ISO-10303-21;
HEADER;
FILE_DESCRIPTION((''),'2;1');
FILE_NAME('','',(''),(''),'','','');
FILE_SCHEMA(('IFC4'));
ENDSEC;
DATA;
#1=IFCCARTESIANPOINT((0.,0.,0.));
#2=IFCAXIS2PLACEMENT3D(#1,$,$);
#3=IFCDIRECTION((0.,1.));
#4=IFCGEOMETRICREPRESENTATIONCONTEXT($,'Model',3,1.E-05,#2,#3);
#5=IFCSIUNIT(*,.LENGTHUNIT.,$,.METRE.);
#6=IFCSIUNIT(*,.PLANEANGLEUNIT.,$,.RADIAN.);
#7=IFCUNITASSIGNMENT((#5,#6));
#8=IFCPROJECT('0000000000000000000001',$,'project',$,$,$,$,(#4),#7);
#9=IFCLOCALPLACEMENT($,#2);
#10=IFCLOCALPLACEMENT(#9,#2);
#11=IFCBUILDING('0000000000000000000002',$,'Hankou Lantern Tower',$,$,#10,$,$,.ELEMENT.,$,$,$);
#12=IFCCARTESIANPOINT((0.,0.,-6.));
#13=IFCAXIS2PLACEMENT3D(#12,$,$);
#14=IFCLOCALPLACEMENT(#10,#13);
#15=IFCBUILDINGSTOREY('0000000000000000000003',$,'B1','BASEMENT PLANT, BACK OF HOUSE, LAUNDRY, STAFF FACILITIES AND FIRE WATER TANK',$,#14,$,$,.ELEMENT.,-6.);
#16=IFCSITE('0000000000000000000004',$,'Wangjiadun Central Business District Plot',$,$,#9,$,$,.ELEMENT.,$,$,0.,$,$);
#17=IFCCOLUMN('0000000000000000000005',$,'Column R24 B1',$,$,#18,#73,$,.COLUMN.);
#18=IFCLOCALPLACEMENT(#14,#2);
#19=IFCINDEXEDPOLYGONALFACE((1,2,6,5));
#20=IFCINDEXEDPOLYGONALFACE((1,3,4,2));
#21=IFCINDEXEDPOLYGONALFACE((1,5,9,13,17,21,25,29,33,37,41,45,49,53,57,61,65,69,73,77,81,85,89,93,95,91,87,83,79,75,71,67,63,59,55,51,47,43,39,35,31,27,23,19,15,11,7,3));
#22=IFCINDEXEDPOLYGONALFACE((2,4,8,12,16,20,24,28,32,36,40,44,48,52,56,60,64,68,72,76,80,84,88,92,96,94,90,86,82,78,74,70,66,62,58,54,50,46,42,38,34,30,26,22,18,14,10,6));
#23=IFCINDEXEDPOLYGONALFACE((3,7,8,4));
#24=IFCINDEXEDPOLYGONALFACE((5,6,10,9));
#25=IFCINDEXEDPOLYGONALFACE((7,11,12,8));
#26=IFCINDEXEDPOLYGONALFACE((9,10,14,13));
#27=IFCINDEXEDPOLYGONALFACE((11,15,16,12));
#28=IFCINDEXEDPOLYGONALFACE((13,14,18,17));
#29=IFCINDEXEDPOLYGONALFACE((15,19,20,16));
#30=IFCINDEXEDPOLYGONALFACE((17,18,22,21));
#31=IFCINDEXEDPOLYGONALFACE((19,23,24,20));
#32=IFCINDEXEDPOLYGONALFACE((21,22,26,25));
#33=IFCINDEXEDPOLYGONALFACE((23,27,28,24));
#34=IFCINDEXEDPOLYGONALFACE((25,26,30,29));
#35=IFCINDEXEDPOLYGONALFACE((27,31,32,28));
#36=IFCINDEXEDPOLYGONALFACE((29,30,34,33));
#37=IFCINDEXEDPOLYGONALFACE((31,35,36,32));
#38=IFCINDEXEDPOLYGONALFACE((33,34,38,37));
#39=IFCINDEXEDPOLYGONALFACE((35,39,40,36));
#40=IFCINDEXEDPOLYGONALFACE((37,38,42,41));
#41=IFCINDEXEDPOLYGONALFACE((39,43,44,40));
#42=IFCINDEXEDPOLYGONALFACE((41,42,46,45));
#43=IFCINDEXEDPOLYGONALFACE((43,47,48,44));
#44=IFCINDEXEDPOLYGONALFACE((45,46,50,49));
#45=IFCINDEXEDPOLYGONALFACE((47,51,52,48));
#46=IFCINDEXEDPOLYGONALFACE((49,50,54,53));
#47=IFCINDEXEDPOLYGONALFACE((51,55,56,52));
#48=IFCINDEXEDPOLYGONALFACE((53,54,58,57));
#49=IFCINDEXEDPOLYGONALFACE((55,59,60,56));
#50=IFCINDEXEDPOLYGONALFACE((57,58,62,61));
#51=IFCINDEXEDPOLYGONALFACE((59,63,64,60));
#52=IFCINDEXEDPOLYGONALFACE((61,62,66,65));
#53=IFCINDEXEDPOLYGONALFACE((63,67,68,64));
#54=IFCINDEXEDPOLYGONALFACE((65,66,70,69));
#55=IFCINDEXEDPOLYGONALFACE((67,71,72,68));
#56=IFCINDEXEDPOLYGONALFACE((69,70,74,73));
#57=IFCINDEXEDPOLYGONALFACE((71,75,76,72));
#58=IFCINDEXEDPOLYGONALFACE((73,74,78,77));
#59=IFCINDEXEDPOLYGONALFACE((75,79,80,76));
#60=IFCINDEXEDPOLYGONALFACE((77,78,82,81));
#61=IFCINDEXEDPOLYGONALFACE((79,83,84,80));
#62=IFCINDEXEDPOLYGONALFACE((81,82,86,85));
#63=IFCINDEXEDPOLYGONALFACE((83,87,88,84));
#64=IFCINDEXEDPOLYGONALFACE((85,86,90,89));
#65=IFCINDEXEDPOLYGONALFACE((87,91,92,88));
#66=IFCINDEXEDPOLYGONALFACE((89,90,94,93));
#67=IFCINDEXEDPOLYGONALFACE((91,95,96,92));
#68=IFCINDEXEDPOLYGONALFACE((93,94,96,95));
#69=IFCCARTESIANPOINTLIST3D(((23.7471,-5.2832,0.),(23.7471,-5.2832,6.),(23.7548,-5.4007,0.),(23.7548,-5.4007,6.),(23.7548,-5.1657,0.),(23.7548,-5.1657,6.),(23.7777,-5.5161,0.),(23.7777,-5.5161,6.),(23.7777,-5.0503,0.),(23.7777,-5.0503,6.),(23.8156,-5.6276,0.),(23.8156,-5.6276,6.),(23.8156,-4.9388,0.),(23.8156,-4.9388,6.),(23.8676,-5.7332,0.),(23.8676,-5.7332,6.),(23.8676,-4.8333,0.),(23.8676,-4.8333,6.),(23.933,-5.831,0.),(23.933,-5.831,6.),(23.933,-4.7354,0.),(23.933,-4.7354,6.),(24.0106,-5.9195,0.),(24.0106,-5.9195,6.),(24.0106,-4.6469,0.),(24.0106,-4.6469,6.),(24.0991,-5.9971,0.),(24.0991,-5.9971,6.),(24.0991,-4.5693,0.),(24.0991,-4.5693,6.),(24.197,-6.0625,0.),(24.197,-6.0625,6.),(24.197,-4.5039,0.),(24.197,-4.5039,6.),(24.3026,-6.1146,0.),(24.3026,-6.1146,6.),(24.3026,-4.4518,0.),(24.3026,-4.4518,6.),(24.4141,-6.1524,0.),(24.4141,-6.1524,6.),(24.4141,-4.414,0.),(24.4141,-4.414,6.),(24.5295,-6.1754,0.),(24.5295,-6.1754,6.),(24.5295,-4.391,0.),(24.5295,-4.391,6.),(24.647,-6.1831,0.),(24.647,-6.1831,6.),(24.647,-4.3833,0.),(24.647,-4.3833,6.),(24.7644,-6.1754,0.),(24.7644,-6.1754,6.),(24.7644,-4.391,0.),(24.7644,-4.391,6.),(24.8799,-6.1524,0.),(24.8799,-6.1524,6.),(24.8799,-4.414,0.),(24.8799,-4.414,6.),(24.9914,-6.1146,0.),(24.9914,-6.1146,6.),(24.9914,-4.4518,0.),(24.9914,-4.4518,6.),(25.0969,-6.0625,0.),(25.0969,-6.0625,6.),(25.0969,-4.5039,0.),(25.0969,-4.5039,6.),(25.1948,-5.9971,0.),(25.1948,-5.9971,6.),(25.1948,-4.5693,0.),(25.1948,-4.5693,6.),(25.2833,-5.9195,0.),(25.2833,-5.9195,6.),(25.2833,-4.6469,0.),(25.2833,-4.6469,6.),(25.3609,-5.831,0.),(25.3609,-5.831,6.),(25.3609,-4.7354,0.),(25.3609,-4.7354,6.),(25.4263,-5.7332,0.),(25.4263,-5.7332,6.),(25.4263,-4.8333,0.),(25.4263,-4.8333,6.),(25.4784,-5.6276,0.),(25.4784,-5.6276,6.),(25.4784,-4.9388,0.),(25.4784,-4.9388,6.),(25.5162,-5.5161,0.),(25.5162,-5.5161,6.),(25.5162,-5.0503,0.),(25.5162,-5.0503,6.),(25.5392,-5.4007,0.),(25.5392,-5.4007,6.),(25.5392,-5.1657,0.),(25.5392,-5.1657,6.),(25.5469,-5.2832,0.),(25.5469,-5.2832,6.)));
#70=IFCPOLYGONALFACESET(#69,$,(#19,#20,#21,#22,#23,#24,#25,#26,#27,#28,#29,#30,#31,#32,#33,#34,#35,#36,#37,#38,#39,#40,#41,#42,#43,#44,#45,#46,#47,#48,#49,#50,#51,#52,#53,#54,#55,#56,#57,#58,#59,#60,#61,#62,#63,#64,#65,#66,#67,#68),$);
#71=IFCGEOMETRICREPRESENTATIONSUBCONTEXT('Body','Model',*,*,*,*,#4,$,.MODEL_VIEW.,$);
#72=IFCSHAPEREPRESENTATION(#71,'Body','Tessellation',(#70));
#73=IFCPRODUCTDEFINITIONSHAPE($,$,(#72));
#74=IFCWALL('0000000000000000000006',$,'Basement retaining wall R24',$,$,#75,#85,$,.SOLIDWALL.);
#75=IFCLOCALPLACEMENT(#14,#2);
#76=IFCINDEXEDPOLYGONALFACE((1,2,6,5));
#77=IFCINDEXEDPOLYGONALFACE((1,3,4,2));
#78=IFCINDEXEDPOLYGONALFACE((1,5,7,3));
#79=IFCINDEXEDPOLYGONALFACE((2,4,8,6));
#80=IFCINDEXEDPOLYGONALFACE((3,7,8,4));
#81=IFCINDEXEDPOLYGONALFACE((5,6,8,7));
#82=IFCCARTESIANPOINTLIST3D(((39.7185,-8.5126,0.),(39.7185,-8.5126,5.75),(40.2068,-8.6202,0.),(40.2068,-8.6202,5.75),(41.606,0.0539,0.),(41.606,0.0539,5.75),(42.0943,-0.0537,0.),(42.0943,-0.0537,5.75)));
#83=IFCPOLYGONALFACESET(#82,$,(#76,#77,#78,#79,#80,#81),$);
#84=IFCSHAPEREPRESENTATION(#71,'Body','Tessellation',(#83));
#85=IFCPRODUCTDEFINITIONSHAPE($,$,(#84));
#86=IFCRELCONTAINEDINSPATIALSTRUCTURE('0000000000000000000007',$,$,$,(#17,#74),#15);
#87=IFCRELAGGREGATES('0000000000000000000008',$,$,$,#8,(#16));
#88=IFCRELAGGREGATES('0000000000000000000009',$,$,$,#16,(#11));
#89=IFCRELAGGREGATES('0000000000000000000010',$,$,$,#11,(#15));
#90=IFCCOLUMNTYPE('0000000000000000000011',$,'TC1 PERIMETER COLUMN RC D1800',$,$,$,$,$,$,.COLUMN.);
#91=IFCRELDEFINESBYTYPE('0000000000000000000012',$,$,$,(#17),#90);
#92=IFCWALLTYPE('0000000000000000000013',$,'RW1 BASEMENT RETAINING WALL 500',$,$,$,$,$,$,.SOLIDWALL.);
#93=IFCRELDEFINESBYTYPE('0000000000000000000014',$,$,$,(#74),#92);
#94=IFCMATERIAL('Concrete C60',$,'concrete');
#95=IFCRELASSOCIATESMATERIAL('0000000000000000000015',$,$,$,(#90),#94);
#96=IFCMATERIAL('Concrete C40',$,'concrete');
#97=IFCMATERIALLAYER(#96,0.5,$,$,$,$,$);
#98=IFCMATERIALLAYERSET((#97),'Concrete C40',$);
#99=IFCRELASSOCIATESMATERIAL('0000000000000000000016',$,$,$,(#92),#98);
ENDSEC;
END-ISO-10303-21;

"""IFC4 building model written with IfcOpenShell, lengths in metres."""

from ifc_helpers import new_model, si_unit, direction, frame, frame_2d, origin, origin_2d, place, context, subcontext, project, spatial, rectangle, circle, extrude, material, layer, layer_set, material_profile, profile_set, type_object, element, save


model = new_model("IFC4")

# Units and contexts
model_context = context("Model", 3, precision=1e-05, world=origin(), true_north=direction((0.0, 1.0)))
body_context = subcontext(model_context, "Body", "Model", "MODEL_VIEW")
ifc_project = project(units=[si_unit("LENGTHUNIT", "METRE"), si_unit("PLANEANGLEUNIT", "RADIAN")], contexts=[model_context])

# Site, building, storey
site_placement = place(None, origin())
site = spatial("IfcSite", under=ifc_project, at=site_placement, Name="Wangjiadun Central Business District Plot", CompositionType="ELEMENT", RefElevation=0.0)
building_placement = place(site_placement, origin())
building = spatial("IfcBuilding", under=site, at=building_placement, Name="Hankou Lantern Tower", CompositionType="ELEMENT")
storey_placement = place(building_placement, frame((0.0, 0.0, -6.0)))
storey = spatial("IfcBuildingStorey", under=building, at=storey_placement, Name="B1", Description="BASEMENT PLANT, BACK OF HOUSE, LAUNDRY, STAFF FACILITIES AND FIRE WATER TANK", CompositionType="ELEMENT", Elevation=-6.0)

# Column
ifc_material_1 = material(Name="Concrete C60", Category="concrete")
ifc_material_profile_1 = material_profile(ifc_material_1, circle(Radius=0.8999, at=origin_2d()), Name="RC D1800")
ifc_profile_set_1 = profile_set([ifc_material_profile_1], Name="Concrete C60")
column_type_1 = type_object("IfcColumnType", Name="TC1 PERIMETER COLUMN RC D1800", PredefinedType="COLUMN", material=ifc_profile_set_1)
for number, where, z_axis, x_axis, name in (
    (1, (24.647, -5.2832, 0.0), (0.0, 0.0, 1.0), (1.0, 0.0, 0.0), "Column R24 B1"),
):
    element("IfcColumn", number, at=place(storey_placement, frame(where, z_axis=z_axis, x_axis=x_axis)), inside=storey, type_object=column_type_1, Name=name, PredefinedType="COLUMN", context=body_context, shape_type="SweptSolid", body=[
        extrude(circle(Radius=0.8999, at=origin_2d()), origin(), (0.0, 0.0, 1.0), 6.0),
    ])

# Wall
ifc_material_2 = material(Name="Concrete C40", Category="concrete")
ifc_layer = layer(ifc_material_2, 0.5)
ifc_layer_set = layer_set([ifc_layer], Name="Concrete C40")
wall_type = type_object("IfcWallType", Name="RW1 BASEMENT RETAINING WALL 500", PredefinedType="SOLIDWALL", material=ifc_layer_set)
wall_placement = place(storey_placement, frame((39.9626, -8.5664, 0.0), z_axis=(0.0, 0.0, 1.0), x_axis=(0.215171, 0.976576, 0.0)))
element("IfcWall", 2, at=wall_placement, inside=storey, type_object=wall_type, Name="Basement retaining wall R24", PredefinedType="SOLIDWALL", context=body_context, shape_type="SweptSolid", body=[
    extrude(rectangle(XDim=8.772, YDim=0.5, at=frame_2d((4.386, 0.0))), origin(), (0.0, 0.0, 1.0), 5.75),
])

save(model, "model.ifc")
